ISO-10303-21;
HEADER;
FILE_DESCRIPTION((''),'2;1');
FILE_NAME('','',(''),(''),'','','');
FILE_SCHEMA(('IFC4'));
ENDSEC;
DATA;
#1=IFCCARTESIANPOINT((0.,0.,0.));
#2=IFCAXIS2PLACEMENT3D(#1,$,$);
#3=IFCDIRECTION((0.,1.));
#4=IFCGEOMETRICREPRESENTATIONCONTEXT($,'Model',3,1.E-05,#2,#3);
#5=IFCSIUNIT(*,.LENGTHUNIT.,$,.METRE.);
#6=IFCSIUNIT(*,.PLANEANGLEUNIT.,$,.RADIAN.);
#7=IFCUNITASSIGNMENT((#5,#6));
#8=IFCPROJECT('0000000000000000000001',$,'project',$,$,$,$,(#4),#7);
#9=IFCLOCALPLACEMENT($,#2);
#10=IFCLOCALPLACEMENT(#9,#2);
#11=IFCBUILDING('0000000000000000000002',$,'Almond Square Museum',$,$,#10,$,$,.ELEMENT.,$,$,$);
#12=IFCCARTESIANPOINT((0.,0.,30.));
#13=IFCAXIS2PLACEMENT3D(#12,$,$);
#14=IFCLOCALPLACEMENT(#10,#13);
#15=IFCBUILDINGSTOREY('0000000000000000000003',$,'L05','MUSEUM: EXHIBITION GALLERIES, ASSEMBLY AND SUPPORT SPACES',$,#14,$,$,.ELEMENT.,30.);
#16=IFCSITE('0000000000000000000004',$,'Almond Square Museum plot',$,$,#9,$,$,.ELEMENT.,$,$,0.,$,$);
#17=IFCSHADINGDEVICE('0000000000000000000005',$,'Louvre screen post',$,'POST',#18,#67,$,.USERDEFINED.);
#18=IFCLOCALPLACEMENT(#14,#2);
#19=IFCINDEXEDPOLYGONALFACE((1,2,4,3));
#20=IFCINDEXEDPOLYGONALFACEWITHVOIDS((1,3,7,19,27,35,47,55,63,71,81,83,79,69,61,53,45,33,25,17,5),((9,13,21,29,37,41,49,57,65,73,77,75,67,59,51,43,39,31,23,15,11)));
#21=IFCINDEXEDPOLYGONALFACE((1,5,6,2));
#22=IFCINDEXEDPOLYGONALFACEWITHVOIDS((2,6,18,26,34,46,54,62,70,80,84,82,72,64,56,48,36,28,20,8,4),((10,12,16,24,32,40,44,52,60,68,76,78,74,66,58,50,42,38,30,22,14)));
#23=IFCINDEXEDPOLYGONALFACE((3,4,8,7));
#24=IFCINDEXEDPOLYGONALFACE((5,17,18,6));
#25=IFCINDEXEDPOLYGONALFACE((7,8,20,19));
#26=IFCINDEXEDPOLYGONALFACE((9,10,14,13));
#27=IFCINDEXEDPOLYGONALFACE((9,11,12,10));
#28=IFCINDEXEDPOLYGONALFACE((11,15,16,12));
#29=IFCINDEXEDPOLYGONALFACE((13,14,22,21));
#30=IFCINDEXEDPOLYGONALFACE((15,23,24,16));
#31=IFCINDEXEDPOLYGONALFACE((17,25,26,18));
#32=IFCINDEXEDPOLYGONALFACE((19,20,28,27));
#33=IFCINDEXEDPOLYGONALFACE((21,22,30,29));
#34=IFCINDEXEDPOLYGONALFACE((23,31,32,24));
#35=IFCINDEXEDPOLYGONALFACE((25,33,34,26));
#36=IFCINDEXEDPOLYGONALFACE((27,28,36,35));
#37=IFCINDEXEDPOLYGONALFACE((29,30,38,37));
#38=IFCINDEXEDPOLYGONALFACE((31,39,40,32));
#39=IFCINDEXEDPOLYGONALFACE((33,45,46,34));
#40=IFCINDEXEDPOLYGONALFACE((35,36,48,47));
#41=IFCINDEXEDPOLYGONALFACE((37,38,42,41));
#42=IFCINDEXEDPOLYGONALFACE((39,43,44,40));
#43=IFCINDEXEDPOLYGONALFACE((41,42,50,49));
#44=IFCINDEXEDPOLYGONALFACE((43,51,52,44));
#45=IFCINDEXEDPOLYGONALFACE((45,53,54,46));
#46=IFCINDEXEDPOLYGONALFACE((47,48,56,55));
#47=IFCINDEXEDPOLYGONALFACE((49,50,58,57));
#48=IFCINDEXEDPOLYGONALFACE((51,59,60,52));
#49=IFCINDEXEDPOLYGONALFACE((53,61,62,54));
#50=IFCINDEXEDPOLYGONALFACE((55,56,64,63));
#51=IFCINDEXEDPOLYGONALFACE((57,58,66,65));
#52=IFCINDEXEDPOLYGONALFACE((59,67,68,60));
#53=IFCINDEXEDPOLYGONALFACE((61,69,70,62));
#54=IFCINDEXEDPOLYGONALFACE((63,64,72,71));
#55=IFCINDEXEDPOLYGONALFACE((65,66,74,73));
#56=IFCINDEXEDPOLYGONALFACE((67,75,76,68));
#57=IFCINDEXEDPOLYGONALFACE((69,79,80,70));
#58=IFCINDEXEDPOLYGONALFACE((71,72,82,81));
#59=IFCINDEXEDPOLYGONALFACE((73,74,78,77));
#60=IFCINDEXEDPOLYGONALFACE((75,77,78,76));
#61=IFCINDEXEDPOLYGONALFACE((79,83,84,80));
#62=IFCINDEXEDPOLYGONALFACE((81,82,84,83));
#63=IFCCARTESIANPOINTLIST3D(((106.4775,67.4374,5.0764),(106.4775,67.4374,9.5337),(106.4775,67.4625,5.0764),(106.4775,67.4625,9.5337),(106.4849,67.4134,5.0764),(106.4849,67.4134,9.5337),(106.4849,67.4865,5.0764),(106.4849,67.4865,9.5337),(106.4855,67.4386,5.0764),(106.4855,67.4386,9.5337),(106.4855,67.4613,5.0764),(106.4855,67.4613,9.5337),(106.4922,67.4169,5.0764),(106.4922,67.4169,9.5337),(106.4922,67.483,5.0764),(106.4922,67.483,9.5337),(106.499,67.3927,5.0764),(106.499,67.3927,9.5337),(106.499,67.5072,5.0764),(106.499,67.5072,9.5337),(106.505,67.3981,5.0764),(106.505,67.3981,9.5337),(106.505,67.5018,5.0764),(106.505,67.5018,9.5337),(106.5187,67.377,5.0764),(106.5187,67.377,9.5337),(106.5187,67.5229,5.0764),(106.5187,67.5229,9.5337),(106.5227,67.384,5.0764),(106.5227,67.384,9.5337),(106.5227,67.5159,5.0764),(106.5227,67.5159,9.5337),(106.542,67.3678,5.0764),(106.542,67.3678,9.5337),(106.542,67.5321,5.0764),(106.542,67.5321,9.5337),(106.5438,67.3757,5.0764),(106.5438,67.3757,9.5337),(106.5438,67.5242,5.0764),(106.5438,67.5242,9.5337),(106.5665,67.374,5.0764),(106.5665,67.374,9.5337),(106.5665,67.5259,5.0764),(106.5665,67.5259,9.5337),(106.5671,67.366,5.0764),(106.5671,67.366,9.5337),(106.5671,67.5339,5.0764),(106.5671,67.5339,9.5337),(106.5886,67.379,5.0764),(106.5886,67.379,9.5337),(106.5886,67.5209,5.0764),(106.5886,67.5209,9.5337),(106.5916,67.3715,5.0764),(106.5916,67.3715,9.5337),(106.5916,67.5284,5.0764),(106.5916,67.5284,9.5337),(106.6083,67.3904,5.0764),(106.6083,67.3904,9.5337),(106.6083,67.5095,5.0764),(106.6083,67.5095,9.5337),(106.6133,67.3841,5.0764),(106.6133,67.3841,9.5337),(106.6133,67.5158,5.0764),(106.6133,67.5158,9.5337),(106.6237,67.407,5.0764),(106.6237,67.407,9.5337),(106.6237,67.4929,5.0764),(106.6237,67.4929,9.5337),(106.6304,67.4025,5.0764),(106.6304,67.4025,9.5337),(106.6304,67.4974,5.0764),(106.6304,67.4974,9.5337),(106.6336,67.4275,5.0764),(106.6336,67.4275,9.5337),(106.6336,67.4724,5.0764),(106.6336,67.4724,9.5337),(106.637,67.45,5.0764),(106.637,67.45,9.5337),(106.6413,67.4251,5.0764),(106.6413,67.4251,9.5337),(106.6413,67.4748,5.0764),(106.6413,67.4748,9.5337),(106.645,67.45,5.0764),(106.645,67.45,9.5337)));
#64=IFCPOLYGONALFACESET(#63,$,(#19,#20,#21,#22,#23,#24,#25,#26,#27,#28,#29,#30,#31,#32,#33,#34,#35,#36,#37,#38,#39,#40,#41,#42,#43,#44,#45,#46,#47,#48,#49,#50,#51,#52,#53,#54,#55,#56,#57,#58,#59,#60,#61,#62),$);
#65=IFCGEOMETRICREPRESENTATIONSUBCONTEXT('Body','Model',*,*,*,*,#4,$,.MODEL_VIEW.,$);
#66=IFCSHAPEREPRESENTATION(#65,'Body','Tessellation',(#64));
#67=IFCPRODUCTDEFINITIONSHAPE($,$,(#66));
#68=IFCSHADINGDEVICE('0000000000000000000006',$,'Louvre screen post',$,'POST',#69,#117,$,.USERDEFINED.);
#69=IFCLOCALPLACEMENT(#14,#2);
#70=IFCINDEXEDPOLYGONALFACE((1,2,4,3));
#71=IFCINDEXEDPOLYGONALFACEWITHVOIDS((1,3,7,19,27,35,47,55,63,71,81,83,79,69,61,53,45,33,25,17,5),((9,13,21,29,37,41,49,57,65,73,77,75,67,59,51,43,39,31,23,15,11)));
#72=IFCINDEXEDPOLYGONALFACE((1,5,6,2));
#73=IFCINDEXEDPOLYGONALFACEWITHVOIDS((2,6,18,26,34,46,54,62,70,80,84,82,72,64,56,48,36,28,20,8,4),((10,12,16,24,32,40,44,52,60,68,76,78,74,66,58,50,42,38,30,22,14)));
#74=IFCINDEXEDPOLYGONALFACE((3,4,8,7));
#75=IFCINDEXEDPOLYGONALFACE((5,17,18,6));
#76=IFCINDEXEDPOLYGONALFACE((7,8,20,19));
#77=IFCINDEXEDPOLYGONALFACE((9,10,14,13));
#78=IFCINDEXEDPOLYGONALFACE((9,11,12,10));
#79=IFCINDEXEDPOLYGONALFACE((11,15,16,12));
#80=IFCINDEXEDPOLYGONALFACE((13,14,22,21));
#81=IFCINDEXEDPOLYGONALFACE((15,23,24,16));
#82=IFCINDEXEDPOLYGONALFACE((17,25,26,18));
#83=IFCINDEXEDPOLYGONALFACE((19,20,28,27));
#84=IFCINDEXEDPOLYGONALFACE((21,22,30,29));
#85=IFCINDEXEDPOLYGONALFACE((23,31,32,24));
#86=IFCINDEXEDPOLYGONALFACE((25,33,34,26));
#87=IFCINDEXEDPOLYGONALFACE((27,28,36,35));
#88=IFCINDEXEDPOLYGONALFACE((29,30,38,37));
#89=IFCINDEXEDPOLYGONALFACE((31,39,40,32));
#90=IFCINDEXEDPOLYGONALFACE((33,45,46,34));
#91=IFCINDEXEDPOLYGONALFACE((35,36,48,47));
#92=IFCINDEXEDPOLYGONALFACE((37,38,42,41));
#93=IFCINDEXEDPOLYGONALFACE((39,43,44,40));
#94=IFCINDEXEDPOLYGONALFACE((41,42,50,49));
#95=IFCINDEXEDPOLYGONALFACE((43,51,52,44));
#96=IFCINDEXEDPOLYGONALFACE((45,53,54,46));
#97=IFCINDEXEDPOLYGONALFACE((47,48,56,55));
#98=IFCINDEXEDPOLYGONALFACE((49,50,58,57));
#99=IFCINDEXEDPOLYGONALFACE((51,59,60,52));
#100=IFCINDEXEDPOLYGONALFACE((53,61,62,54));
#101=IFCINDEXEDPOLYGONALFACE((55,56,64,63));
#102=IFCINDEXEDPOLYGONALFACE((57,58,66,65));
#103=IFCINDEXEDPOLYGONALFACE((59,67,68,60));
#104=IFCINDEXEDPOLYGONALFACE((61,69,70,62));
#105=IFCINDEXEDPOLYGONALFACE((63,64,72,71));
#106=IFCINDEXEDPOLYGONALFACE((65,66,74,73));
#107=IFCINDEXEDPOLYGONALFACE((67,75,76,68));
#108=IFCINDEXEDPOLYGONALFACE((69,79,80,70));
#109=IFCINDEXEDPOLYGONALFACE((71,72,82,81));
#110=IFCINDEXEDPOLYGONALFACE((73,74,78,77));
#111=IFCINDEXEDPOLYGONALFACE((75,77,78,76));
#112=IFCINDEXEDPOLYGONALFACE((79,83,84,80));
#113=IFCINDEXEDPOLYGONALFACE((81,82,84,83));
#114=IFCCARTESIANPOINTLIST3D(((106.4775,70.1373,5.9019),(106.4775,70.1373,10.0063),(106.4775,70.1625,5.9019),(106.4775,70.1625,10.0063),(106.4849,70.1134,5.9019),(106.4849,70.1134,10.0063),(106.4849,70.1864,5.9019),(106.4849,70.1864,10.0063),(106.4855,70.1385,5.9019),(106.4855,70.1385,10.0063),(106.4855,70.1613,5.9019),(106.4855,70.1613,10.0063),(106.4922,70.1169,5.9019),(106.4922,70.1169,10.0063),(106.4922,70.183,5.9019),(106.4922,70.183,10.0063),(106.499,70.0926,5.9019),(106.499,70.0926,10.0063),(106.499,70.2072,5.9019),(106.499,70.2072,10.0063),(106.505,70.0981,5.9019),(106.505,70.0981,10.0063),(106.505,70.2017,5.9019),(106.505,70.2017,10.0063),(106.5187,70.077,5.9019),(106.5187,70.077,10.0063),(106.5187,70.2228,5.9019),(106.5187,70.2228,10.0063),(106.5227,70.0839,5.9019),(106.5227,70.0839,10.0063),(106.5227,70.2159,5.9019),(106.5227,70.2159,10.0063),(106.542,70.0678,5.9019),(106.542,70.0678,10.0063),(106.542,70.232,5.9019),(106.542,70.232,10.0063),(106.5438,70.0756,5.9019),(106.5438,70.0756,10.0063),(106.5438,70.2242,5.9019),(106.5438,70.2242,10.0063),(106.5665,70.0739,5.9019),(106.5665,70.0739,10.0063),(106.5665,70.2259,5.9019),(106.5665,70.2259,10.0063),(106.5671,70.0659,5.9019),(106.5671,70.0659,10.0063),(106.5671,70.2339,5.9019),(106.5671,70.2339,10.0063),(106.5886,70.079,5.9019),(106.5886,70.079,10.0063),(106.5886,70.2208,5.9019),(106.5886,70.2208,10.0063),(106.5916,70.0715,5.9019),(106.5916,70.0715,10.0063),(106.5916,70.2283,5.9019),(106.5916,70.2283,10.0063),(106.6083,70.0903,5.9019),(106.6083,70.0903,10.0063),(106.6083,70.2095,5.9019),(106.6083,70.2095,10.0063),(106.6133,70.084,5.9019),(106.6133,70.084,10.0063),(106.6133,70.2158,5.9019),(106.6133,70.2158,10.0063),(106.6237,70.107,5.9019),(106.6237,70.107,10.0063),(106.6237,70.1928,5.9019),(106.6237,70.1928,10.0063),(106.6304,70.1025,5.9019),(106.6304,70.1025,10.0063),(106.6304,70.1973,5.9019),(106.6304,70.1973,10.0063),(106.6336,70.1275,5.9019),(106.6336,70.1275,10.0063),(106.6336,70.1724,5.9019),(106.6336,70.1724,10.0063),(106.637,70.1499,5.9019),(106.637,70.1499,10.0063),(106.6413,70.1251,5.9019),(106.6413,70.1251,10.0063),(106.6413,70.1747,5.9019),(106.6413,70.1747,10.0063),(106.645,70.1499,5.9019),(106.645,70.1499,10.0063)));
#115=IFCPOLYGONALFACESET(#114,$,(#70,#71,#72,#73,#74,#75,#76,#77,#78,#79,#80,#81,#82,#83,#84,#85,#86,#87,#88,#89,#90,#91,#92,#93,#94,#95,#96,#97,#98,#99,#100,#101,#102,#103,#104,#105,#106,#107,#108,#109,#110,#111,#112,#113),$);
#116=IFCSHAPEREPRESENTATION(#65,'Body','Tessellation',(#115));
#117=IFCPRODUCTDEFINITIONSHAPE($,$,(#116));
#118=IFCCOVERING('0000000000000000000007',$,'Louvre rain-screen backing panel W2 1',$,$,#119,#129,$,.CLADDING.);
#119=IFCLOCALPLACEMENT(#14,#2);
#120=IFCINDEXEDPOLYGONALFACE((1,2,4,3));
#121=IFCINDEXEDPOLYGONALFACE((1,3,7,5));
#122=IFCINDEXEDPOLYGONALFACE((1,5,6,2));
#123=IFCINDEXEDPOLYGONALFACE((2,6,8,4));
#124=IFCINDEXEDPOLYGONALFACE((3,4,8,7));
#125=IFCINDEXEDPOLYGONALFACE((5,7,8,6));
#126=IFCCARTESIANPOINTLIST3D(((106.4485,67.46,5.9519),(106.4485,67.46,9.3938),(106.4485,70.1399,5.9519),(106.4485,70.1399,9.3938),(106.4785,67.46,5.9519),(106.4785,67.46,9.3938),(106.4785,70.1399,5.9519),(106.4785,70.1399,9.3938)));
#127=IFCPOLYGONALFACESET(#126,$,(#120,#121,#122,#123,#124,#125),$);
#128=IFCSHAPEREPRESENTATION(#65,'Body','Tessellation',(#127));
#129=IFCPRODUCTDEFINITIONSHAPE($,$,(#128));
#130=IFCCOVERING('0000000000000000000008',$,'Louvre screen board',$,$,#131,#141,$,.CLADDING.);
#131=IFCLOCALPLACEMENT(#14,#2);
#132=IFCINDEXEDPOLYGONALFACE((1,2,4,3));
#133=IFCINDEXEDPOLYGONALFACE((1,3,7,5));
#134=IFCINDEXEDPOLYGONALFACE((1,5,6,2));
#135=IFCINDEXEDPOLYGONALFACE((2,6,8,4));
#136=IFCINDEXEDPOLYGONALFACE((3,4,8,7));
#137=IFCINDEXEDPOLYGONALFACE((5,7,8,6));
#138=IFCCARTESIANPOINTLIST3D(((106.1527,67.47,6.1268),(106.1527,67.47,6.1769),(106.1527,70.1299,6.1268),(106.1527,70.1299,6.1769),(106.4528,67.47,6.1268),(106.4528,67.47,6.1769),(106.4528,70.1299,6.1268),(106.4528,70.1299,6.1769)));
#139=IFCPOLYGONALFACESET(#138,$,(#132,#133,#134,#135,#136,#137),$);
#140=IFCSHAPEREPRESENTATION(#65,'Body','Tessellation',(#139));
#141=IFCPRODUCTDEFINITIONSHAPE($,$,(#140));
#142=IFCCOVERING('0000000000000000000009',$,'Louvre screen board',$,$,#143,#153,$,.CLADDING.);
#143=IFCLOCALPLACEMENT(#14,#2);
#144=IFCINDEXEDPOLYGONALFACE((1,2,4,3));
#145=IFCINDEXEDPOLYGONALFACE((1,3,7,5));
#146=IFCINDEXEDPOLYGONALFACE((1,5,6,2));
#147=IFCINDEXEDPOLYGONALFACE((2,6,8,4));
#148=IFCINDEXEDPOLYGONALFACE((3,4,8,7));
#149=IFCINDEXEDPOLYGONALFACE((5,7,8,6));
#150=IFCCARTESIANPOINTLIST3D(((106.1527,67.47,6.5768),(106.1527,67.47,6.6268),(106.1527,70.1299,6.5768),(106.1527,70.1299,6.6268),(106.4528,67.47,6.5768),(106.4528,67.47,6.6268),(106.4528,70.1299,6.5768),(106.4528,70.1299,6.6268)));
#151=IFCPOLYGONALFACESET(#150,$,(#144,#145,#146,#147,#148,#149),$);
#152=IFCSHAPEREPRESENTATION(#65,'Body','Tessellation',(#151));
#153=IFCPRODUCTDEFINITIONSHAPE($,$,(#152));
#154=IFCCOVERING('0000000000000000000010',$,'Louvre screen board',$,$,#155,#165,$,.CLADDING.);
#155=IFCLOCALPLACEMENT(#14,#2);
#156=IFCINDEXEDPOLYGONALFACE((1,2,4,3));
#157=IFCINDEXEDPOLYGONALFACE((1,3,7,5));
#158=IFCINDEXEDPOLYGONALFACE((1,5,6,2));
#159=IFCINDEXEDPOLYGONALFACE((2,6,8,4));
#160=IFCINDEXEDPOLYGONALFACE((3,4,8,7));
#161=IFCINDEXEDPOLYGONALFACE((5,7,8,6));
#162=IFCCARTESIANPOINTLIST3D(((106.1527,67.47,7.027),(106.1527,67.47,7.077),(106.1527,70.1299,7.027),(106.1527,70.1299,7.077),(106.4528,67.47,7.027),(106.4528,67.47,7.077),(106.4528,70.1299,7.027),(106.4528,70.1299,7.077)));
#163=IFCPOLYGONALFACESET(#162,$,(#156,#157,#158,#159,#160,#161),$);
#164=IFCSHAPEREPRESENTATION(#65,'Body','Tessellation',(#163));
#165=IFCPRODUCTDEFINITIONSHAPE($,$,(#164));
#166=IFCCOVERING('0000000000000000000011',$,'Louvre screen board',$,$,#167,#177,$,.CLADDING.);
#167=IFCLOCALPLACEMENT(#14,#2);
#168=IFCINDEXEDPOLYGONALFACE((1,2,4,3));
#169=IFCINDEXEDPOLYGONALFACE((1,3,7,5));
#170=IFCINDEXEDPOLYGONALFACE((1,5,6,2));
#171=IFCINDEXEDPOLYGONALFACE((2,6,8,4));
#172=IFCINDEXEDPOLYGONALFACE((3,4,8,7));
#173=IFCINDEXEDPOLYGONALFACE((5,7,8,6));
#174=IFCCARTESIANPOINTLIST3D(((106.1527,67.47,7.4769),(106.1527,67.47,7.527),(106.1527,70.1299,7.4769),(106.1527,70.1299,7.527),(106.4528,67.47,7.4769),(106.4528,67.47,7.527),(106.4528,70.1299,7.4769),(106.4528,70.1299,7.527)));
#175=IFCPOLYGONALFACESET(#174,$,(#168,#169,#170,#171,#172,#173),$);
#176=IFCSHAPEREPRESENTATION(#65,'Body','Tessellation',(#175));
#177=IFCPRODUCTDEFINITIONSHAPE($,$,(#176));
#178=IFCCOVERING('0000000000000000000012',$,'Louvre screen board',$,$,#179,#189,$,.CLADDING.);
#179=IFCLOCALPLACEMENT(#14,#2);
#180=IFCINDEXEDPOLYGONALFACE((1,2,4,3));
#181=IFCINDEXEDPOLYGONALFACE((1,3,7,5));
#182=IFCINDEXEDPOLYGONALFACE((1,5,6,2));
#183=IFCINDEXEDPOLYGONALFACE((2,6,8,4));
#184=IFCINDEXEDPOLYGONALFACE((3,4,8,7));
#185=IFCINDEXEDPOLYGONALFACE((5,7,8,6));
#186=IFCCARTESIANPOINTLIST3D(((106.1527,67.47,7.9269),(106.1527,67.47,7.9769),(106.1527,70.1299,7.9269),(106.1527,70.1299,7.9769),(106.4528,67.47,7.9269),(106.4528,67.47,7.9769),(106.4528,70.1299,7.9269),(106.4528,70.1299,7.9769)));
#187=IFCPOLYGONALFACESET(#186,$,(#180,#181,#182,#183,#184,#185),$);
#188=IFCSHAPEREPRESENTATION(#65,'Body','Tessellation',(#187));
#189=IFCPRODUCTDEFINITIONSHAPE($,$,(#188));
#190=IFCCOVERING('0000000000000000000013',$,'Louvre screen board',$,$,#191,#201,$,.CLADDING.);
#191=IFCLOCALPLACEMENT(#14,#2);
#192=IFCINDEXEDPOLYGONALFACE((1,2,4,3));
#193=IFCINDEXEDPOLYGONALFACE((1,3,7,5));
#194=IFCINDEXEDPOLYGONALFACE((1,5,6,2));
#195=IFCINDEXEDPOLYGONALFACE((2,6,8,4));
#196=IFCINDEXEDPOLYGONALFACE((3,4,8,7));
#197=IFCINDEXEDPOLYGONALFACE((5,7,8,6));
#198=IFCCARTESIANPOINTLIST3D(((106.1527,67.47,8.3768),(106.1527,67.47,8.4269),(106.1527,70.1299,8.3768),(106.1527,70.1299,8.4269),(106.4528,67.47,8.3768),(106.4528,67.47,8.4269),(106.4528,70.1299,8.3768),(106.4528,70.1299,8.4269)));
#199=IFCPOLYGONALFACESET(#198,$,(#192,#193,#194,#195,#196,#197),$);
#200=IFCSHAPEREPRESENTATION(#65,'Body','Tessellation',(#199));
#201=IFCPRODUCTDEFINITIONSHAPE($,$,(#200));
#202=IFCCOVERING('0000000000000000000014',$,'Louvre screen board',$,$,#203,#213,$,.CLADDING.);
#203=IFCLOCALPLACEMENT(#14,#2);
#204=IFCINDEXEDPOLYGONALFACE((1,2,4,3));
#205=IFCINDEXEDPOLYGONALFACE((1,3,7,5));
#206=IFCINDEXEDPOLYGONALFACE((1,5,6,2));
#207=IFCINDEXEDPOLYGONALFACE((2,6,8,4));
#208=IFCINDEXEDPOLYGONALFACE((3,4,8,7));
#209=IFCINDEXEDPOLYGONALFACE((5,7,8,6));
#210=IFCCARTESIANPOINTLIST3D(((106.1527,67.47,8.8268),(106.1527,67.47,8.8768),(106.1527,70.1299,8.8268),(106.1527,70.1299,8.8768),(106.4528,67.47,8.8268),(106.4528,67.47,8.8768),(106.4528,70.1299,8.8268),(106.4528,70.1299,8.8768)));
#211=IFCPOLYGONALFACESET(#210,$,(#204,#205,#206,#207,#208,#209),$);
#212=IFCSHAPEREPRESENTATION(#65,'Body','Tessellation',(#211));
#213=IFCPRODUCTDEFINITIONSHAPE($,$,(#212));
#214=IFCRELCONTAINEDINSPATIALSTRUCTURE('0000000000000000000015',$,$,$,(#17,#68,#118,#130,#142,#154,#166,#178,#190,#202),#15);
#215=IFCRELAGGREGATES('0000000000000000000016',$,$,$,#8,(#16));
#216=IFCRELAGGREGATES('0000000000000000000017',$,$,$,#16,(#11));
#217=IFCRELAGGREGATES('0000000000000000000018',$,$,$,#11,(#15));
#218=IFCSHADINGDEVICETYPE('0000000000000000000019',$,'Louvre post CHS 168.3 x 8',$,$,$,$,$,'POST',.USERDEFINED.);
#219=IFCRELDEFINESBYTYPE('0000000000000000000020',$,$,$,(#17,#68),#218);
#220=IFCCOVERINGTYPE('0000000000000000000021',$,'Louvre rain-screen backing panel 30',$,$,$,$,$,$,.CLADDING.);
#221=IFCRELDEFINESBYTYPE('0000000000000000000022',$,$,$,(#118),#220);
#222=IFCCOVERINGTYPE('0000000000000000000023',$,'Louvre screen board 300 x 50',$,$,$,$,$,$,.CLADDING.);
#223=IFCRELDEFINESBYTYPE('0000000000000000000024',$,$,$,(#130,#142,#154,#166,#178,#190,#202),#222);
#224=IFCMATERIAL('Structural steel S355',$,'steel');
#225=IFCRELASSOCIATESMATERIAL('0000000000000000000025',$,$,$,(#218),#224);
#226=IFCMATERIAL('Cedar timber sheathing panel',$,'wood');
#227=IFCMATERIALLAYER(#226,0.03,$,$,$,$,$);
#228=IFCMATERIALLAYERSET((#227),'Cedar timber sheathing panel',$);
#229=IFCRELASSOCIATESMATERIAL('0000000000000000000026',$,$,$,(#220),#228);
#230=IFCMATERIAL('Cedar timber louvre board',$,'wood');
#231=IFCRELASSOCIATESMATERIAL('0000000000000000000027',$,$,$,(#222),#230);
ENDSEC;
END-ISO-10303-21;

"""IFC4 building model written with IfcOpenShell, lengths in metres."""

from ifc_helpers import new_model, si_unit, direction, frame, origin, origin_2d, place, context, subcontext, project, spatial, polyline, rectangle, hollow_circle, outline, extrude, material, layer, layer_set, material_profile, profile_set, type_object, element, save


model = new_model("IFC4")

# Units and contexts
model_context = context("Model", 3, precision=1e-05, world=origin(), true_north=direction((0.0, 1.0)))
body_context = subcontext(model_context, "Body", "Model", "MODEL_VIEW")
ifc_project = project(units=[si_unit("LENGTHUNIT", "METRE"), si_unit("PLANEANGLEUNIT", "RADIAN")], contexts=[model_context])

# Site, building, storey
site_placement = place(None, origin())
site = spatial("IfcSite", under=ifc_project, at=site_placement, Name="Almond Square Museum plot", CompositionType="ELEMENT", RefElevation=0.0)
building_placement = place(site_placement, origin())
building = spatial("IfcBuilding", under=site, at=building_placement, Name="Almond Square Museum", CompositionType="ELEMENT")
storey_placement = place(building_placement, frame((0.0, 0.0, 30.0)))
storey = spatial("IfcBuildingStorey", under=building, at=storey_placement, Name="L05", Description="MUSEUM: EXHIBITION GALLERIES, ASSEMBLY AND SUPPORT SPACES", CompositionType="ELEMENT", Elevation=30.0)

# Shading devices
ifc_material_1 = material(Name="Structural steel S355", Category="steel")
ifc_material_profile_1 = material_profile(ifc_material_1, hollow_circle(Radius=0.0842, WallThickness=0.0081, at=origin_2d()))
ifc_profile_set_1 = profile_set([ifc_material_profile_1], Name="Structural steel S355")
shading_device_type = type_object("IfcShadingDeviceType", Name="Louvre post CHS 168.3 x 8", ElementType="POST", PredefinedType="USERDEFINED", material=ifc_profile_set_1)
shading_device_1_placement = place(storey_placement, frame((106.5608, 67.45, 5.0764), z_axis=(0.0, 0.0, 1.0), x_axis=(1.0, 0.0, 0.0)))
element("IfcShadingDevice", 1, at=shading_device_1_placement, inside=storey, type_object=shading_device_type, Name="Louvre screen post", ObjectType="POST", PredefinedType="USERDEFINED", context=body_context, shape_type="SweptSolid", body=[
    extrude(hollow_circle(Radius=0.0842, WallThickness=0.0081, at=origin_2d()), origin(), (0.0, 0.0, 1.0), 4.4573),
])
shading_device_2_placement = place(storey_placement, frame((106.5608, 70.1499, 5.9019), z_axis=(0.0, 0.0, 1.0), x_axis=(1.0, 0.0, 0.0)))
element("IfcShadingDevice", 2, at=shading_device_2_placement, inside=storey, type_object=shading_device_type, Name="Louvre screen post", ObjectType="POST", PredefinedType="USERDEFINED", context=body_context, shape_type="SweptSolid", body=[
    extrude(hollow_circle(Radius=0.0842, WallThickness=0.0081, at=origin_2d()), origin(), (0.0, 0.0, 1.0), 4.1045),
])

# Coverings
ifc_material_2 = material(Name="Cedar timber sheathing panel", Category="wood")
ifc_layer_1 = layer(ifc_material_2, 0.03)
ifc_layer_set_1 = layer_set([ifc_layer_1], Name="Cedar timber sheathing panel")
covering_type_1 = type_object("IfcCoveringType", Name="Louvre rain-screen backing panel 30", PredefinedType="CLADDING", material=ifc_layer_set_1)
covering_1_placement = place(storey_placement, frame((106.4636, 67.46, 5.9519), z_axis=(1.0, 0.0, 0.0), x_axis=(0.0, 1.0, 0.0)))
element("IfcCovering", 3, at=covering_1_placement, inside=storey, type_object=covering_type_1, Name="Louvre rain-screen backing panel W2 1", PredefinedType="CLADDING", context=body_context, shape_type="SweptSolid", body=[
    extrude(outline(polyline([(0.0, 0.0), (2.6799, 0.0), (2.6799, 3.4419), (0.0, 3.4419), (0.0, 0.0)])), frame((0.0, 0.0, -0.0151)), (0.0, 0.0, 1.0), 0.03),
])
ifc_material_3 = material(Name="Cedar timber louvre board", Category="wood")
ifc_material_profile_2 = material_profile(ifc_material_3, rectangle(XDim=0.3, YDim=0.05, at=origin_2d()))
ifc_profile_set_2 = profile_set([ifc_material_profile_2], Name="Cedar timber louvre board")
covering_type_2 = type_object("IfcCoveringType", Name="Louvre screen board 300 x 50", PredefinedType="CLADDING", material=ifc_profile_set_2)
for number, where, z_axis, x_axis, name in (
    (4, (106.3027, 67.47, 6.1519), (0.0, 1.0, 0.0), (-1.0, 0.0, 0.0), "Louvre screen board"),
    (5, (106.3027, 67.47, 6.6018), (0.0, 1.0, 0.0), (-1.0, 0.0, 0.0), "Louvre screen board"),
    (6, (106.3027, 67.47, 7.052), (0.0, 1.0, 0.0), (-1.0, 0.0, 0.0), "Louvre screen board"),
    (7, (106.3027, 67.47, 7.502), (0.0, 1.0, 0.0), (-1.0, 0.0, 0.0), "Louvre screen board"),
    (8, (106.3027, 67.47, 7.9519), (0.0, 1.0, 0.0), (-1.0, 0.0, 0.0), "Louvre screen board"),
    (9, (106.3027, 67.47, 8.4019), (0.0, 1.0, 0.0), (-1.0, 0.0, 0.0), "Louvre screen board"),
    (10, (106.3027, 67.47, 8.8518), (0.0, 1.0, 0.0), (-1.0, 0.0, 0.0), "Louvre screen board"),
):
    element("IfcCovering", number, at=place(storey_placement, frame(where, z_axis=z_axis, x_axis=x_axis)), inside=storey, type_object=covering_type_2, Name=name, PredefinedType="CLADDING", context=body_context, shape_type="SweptSolid", body=[
        extrude(rectangle(XDim=0.3, YDim=0.05, at=origin_2d()), origin(), (0.0, 0.0, 1.0), 2.6599),
    ])

save(model, "model.ifc")
